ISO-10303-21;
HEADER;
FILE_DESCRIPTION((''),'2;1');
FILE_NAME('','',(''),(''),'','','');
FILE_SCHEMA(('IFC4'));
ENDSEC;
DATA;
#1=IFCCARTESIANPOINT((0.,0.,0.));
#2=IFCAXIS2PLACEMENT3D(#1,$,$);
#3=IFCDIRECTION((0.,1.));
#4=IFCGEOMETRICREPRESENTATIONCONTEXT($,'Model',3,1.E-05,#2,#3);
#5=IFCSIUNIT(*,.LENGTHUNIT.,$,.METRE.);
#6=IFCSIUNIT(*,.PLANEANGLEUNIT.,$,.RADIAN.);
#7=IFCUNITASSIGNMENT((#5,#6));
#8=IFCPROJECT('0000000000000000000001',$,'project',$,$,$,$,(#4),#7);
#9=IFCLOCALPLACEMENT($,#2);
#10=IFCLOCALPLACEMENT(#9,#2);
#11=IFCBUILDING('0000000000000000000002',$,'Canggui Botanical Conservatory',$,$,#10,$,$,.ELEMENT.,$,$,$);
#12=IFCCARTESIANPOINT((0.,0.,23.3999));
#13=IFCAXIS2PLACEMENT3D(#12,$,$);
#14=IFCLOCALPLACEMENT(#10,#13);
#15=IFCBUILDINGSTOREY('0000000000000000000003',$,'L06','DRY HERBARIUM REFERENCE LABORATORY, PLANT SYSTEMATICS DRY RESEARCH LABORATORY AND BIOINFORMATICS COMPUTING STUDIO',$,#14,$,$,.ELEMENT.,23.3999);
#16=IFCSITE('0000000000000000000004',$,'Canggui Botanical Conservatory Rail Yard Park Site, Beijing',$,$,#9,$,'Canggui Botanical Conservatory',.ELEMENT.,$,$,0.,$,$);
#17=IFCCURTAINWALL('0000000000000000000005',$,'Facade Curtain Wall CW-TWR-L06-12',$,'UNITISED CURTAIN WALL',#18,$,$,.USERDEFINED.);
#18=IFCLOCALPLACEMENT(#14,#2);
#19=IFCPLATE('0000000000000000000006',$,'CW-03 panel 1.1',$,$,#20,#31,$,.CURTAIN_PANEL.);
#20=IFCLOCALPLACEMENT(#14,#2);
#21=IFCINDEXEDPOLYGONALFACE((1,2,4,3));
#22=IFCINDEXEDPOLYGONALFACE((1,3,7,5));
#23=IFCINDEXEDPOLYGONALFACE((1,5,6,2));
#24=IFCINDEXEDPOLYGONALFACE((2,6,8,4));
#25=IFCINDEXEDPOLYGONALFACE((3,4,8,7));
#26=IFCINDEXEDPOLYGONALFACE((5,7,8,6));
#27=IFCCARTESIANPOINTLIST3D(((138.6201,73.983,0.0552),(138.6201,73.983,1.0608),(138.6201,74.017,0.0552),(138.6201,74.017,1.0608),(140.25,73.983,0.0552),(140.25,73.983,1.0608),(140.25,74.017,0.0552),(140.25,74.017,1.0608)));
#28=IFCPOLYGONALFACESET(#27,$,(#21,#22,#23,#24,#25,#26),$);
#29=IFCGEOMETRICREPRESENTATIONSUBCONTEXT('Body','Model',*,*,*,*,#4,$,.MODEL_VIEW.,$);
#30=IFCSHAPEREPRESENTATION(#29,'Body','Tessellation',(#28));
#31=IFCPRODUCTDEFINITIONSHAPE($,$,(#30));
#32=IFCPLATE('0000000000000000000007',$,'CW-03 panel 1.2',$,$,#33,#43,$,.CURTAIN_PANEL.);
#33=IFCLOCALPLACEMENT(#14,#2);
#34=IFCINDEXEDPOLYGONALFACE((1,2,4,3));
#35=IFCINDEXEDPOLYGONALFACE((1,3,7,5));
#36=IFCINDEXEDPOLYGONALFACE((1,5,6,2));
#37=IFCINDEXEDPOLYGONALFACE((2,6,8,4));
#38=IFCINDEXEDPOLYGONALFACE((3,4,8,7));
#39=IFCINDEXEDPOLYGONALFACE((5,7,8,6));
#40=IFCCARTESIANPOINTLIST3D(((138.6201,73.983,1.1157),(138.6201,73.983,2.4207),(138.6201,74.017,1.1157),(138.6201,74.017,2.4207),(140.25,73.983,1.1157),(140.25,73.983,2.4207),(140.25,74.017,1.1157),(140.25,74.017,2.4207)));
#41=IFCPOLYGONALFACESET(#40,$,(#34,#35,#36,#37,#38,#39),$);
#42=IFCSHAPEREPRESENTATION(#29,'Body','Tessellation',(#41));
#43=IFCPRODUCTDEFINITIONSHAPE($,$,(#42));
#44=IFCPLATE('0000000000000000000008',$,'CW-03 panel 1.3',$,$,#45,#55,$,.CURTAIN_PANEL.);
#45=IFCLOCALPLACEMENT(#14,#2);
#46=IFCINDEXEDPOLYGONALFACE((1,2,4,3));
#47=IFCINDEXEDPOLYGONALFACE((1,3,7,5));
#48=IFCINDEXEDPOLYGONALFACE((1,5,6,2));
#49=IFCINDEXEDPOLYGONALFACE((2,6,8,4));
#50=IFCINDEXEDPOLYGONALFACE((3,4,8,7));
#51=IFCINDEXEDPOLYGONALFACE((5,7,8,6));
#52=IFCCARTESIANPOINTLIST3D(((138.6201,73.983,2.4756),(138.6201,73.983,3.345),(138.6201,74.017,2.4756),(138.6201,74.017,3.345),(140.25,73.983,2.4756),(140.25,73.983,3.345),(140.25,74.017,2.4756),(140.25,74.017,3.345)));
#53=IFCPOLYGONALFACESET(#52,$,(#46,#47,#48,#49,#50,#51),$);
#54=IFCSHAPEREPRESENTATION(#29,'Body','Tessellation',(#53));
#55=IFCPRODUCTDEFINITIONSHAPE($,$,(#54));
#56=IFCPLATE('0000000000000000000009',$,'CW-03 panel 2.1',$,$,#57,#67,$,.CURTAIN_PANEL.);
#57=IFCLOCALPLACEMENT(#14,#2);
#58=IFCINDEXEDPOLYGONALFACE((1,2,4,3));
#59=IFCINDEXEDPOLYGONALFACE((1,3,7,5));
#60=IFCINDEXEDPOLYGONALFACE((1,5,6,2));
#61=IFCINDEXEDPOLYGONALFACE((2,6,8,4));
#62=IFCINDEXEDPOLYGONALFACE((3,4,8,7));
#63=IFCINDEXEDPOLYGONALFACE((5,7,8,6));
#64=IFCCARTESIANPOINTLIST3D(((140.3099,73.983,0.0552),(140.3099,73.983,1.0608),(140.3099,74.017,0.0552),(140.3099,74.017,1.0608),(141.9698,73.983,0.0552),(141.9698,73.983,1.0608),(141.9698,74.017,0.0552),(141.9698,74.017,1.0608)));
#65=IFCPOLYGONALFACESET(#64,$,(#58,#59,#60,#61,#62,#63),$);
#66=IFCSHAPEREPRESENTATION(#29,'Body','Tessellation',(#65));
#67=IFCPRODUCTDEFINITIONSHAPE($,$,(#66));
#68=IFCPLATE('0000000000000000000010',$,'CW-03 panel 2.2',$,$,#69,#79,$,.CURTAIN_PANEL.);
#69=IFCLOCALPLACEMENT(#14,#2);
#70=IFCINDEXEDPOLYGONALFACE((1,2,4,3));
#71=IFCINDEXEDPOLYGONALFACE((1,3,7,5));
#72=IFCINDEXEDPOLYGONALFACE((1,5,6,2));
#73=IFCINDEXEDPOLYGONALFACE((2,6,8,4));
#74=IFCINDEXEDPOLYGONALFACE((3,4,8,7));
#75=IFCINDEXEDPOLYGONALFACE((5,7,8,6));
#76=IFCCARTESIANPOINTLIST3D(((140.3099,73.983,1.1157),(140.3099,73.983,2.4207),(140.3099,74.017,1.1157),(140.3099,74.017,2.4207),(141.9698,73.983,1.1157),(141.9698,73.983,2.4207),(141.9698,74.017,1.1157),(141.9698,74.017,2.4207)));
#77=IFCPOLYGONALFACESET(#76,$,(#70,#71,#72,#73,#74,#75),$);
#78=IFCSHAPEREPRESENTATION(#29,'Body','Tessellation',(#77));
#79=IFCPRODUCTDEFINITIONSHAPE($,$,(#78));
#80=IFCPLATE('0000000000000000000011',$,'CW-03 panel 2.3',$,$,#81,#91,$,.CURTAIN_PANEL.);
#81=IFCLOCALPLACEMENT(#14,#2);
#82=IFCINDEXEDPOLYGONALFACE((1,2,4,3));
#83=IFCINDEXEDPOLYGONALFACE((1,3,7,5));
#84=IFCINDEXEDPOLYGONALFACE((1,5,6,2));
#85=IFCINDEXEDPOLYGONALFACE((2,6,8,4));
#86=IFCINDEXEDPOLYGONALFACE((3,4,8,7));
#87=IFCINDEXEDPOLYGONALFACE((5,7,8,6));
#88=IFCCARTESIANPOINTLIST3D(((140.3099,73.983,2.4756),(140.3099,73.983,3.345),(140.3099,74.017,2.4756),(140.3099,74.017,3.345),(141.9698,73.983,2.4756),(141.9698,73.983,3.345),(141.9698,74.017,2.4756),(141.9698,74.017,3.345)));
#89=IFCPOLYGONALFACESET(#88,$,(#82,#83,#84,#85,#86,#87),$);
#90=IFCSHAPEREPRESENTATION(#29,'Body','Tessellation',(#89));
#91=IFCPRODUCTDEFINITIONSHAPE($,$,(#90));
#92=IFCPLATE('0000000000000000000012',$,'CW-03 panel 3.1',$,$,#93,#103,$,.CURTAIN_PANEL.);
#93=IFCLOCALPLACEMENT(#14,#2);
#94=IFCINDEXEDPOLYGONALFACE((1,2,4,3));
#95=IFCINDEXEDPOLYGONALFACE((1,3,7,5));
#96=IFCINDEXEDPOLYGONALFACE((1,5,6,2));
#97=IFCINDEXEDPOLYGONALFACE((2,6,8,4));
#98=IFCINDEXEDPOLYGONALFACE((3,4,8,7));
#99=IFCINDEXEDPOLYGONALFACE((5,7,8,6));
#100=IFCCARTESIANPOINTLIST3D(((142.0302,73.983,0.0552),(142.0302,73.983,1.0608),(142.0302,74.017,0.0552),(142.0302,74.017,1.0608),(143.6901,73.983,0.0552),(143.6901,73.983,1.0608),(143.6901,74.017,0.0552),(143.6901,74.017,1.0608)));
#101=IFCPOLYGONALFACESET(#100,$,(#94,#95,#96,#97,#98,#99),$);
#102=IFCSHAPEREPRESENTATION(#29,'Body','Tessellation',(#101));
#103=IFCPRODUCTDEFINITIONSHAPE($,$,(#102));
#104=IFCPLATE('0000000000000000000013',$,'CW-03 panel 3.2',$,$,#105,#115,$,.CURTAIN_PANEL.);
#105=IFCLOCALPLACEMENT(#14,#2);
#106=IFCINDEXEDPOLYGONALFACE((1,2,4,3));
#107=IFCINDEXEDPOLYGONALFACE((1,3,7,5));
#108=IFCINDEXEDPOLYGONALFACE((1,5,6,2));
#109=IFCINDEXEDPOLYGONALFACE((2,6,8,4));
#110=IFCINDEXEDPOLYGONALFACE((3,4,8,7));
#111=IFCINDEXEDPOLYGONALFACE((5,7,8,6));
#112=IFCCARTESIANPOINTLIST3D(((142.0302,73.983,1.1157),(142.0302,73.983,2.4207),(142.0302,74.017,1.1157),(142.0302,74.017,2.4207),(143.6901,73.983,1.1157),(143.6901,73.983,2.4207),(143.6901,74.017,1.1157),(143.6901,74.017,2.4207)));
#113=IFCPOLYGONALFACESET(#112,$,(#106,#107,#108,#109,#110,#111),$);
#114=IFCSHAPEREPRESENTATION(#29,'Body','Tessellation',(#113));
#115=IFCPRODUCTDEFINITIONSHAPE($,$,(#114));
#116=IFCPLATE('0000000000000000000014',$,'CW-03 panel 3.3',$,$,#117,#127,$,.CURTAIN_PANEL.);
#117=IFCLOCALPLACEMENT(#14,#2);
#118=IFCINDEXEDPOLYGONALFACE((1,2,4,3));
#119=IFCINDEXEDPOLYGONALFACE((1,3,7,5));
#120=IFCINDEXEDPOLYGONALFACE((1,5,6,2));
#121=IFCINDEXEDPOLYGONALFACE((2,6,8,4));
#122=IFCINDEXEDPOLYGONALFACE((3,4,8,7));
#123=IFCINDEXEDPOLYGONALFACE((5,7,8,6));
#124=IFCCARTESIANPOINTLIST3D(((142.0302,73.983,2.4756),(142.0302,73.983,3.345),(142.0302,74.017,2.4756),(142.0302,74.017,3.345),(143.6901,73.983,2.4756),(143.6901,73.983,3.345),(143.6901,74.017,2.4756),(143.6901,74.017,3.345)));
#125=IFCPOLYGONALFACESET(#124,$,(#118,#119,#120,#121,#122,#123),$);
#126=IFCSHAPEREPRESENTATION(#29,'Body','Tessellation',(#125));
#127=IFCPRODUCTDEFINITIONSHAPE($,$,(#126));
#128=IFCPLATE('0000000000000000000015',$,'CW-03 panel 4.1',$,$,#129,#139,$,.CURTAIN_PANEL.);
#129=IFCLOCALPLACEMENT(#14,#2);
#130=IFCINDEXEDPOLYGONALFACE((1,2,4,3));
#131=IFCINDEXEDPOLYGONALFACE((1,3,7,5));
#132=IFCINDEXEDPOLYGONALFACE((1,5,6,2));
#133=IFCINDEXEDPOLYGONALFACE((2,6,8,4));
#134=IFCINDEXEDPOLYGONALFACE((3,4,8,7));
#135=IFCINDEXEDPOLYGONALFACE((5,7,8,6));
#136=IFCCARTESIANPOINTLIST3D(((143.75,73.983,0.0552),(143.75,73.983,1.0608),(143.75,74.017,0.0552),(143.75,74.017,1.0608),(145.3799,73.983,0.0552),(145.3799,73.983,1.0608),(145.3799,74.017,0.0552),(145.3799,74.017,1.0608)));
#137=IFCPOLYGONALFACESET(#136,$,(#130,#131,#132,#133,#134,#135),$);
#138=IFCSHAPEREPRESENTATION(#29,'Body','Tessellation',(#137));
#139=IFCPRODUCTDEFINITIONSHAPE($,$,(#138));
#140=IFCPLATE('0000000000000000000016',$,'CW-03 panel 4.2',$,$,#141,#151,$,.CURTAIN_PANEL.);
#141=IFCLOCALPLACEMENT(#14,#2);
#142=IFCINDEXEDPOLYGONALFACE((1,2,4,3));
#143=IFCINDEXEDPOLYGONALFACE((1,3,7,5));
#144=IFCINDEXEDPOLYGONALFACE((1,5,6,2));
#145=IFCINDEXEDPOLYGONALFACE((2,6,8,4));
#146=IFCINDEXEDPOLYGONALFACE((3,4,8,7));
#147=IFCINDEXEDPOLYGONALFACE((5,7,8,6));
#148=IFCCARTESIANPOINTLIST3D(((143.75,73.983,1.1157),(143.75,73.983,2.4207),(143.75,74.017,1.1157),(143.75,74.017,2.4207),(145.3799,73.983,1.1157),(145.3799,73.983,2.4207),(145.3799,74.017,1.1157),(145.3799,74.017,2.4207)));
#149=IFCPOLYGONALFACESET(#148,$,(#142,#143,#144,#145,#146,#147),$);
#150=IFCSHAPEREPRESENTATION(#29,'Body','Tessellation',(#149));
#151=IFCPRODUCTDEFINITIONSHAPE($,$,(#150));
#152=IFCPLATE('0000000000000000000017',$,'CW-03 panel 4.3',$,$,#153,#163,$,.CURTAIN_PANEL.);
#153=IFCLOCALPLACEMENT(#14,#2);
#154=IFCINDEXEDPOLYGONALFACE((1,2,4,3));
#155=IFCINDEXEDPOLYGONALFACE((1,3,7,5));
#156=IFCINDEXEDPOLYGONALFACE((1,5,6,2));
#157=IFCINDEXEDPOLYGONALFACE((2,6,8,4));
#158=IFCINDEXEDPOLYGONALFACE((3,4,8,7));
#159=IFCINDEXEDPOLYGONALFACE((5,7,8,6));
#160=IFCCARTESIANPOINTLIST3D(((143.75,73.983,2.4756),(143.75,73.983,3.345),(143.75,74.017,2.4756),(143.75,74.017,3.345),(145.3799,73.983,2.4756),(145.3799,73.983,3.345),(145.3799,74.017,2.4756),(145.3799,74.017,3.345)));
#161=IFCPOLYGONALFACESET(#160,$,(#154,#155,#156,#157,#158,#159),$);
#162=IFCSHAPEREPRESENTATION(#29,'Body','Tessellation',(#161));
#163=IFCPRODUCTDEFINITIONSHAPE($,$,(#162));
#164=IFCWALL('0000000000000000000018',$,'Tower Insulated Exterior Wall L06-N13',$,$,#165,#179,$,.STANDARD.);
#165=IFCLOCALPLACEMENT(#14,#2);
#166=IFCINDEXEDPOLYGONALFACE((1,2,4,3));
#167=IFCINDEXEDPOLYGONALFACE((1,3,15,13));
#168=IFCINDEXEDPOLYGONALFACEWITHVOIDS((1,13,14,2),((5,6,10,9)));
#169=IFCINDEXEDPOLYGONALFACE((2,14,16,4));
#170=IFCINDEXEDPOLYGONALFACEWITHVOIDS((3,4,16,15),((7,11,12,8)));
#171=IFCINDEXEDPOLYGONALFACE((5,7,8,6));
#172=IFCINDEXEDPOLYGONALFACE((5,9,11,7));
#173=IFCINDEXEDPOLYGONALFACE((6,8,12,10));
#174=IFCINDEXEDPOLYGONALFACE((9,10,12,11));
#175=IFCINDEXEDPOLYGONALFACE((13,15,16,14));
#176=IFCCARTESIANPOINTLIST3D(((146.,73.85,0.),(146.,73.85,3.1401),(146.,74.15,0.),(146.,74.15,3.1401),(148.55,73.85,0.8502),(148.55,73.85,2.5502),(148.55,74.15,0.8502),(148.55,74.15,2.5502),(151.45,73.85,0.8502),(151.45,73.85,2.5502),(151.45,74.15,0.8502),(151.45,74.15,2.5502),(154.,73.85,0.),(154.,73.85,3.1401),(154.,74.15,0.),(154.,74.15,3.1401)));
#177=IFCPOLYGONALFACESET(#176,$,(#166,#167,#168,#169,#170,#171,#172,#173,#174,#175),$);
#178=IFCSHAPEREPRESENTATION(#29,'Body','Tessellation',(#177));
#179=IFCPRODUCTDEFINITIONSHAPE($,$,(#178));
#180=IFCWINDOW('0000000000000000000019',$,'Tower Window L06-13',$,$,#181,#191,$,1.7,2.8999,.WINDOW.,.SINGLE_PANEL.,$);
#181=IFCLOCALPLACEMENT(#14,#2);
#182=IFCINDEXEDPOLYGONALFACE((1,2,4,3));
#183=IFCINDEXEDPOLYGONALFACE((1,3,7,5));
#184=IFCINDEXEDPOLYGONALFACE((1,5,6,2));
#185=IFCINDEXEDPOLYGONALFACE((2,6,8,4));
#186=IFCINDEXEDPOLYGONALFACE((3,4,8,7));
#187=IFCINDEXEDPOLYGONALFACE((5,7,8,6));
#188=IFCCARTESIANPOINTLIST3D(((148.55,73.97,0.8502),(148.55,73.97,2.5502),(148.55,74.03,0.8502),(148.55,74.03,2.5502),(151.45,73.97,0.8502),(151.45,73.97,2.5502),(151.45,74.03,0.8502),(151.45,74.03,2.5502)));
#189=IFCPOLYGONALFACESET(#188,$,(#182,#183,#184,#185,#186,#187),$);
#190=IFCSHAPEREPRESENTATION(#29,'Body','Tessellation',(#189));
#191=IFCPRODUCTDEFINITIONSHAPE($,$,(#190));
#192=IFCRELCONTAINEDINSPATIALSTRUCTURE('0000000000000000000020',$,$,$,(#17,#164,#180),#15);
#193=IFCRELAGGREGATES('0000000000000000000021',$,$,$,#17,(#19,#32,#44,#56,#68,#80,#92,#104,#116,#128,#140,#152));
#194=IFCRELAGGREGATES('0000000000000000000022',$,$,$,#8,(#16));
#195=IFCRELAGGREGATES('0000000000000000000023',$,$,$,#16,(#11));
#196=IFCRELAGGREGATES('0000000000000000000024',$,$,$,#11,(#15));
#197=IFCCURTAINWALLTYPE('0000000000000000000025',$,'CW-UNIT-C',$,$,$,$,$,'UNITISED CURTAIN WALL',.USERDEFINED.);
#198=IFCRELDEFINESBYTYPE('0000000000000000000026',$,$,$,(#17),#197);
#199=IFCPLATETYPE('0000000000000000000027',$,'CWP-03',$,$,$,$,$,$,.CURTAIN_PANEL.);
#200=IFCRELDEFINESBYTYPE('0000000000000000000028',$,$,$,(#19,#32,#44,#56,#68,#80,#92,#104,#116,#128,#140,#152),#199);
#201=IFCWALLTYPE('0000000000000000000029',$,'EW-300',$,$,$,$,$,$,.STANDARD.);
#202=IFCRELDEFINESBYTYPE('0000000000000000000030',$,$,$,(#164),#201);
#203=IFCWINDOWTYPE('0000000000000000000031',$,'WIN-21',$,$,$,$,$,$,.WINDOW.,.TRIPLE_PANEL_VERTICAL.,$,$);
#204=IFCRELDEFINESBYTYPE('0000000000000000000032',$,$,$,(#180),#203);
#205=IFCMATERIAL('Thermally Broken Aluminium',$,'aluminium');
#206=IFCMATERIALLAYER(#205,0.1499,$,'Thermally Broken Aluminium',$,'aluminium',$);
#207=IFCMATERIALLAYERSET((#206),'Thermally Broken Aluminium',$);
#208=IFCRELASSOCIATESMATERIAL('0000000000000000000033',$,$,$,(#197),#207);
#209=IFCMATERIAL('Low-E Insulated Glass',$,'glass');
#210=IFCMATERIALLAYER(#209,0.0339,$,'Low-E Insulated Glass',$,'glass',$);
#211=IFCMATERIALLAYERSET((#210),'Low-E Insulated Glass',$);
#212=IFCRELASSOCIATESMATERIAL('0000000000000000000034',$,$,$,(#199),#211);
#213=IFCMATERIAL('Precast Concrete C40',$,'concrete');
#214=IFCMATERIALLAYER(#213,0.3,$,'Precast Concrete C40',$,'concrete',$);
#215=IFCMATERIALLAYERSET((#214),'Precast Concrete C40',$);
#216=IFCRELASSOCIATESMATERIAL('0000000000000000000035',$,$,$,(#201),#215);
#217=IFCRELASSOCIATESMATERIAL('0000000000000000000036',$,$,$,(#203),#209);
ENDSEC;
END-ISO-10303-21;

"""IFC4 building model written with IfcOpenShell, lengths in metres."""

from ifc_helpers import new_model, si_unit, direction, frame, frame_2d, origin, origin_2d, place, context, subcontext, project, spatial, rectangle, extrude, material, layer, layer_set, type_object, element, fill, aggregate, save


model = new_model("IFC4")

# Units and contexts
model_context = context("Model", 3, precision=1e-05, world=origin(), true_north=direction((0.0, 1.0)))
body_context = subcontext(model_context, "Body", "Model", "MODEL_VIEW")
ifc_project = project(units=[si_unit("LENGTHUNIT", "METRE"), si_unit("PLANEANGLEUNIT", "RADIAN")], contexts=[model_context])

# Site, building, storey
site_placement = place(None, origin())
site = spatial("IfcSite", under=ifc_project, at=site_placement, Name="Canggui Botanical Conservatory Rail Yard Park Site, Beijing", LongName="Canggui Botanical Conservatory", CompositionType="ELEMENT", RefElevation=0.0)
building_placement = place(site_placement, origin())
building = spatial("IfcBuilding", under=site, at=building_placement, Name="Canggui Botanical Conservatory", CompositionType="ELEMENT")
storey_placement = place(building_placement, frame((0.0, 0.0, 23.3999)))
storey = spatial("IfcBuildingStorey", under=building, at=storey_placement, Name="L06", Description="DRY HERBARIUM REFERENCE LABORATORY, PLANT SYSTEMATICS DRY RESEARCH LABORATORY AND BIOINFORMATICS COMPUTING STUDIO", CompositionType="ELEMENT", Elevation=23.3999)

# Curtain wall, plates
ifc_material_1 = material(Name="Thermally Broken Aluminium", Category="aluminium")
ifc_layer_1 = layer(ifc_material_1, 0.1499, Name="Thermally Broken Aluminium", Category="aluminium")
ifc_layer_set_1 = layer_set([ifc_layer_1], Name="Thermally Broken Aluminium")
curtain_wall_type = type_object("IfcCurtainWallType", Name="CW-UNIT-C", ElementType="UNITISED CURTAIN WALL", PredefinedType="USERDEFINED", material=ifc_layer_set_1)
curtain_wall_placement = place(storey_placement, origin())
curtain_wall = element("IfcCurtainWall", 1, at=curtain_wall_placement, inside=storey, type_object=curtain_wall_type, Name="Facade Curtain Wall CW-TWR-L06-12", ObjectType="UNITISED CURTAIN WALL", PredefinedType="USERDEFINED")
ifc_material_2 = material(Name="Low-E Insulated Glass", Category="glass")
ifc_layer_2 = layer(ifc_material_2, 0.0339, Name="Low-E Insulated Glass", Category="glass")
ifc_layer_set_2 = layer_set([ifc_layer_2], Name="Low-E Insulated Glass")
plate_type = type_object("IfcPlateType", Name="CWP-03", PredefinedType="CURTAIN_PANEL", material=ifc_layer_set_2)
plate_1_placement = place(storey_placement, frame((139.4351, 74.0, 0.0552), z_axis=(0.0, 0.0, 1.0), x_axis=(1.0, 0.0, 0.0)))
plate_1 = element("IfcPlate", 2, at=plate_1_placement, type_object=plate_type, Name="CW-03 panel 1.1", PredefinedType="CURTAIN_PANEL", context=body_context, shape_type="SweptSolid", body=[
    extrude(rectangle(XDim=1.6299, YDim=0.0339, at=origin_2d()), origin(), (0.0, 0.0, 1.0), 1.0056),
])
plate_2_placement = place(storey_placement, frame((139.4351, 74.0, 1.1157), z_axis=(0.0, 0.0, 1.0), x_axis=(1.0, 0.0, 0.0)))
plate_2 = element("IfcPlate", 3, at=plate_2_placement, type_object=plate_type, Name="CW-03 panel 1.2", PredefinedType="CURTAIN_PANEL", context=body_context, shape_type="SweptSolid", body=[
    extrude(rectangle(XDim=1.6299, YDim=0.0339, at=origin_2d()), origin(), (0.0, 0.0, 1.0), 1.3049),
])
plate_3_placement = place(storey_placement, frame((139.4351, 74.0, 2.4756), z_axis=(0.0, 0.0, 1.0), x_axis=(1.0, 0.0, 0.0)))
plate_3 = element("IfcPlate", 4, at=plate_3_placement, type_object=plate_type, Name="CW-03 panel 1.3", PredefinedType="CURTAIN_PANEL", context=body_context, shape_type="SweptSolid", body=[
    extrude(rectangle(XDim=1.6299, YDim=0.0339, at=origin_2d()), origin(), (0.0, 0.0, 1.0), 0.8694),
])
plate_4_placement = place(storey_placement, frame((141.1399, 74.0, 0.0552), z_axis=(0.0, 0.0, 1.0), x_axis=(1.0, 0.0, 0.0)))
plate_4 = element("IfcPlate", 5, at=plate_4_placement, type_object=plate_type, Name="CW-03 panel 2.1", PredefinedType="CURTAIN_PANEL", context=body_context, shape_type="SweptSolid", body=[
    extrude(rectangle(XDim=1.6599, YDim=0.0339, at=origin_2d()), origin(), (0.0, 0.0, 1.0), 1.0056),
])
plate_5_placement = place(storey_placement, frame((141.1399, 74.0, 1.1157), z_axis=(0.0, 0.0, 1.0), x_axis=(1.0, 0.0, 0.0)))
plate_5 = element("IfcPlate", 6, at=plate_5_placement, type_object=plate_type, Name="CW-03 panel 2.2", PredefinedType="CURTAIN_PANEL", context=body_context, shape_type="SweptSolid", body=[
    extrude(rectangle(XDim=1.6599, YDim=0.0339, at=origin_2d()), origin(), (0.0, 0.0, 1.0), 1.3049),
])
plate_6_placement = place(storey_placement, frame((141.1399, 74.0, 2.4756), z_axis=(0.0, 0.0, 1.0), x_axis=(1.0, 0.0, 0.0)))
plate_6 = element("IfcPlate", 7, at=plate_6_placement, type_object=plate_type, Name="CW-03 panel 2.3", PredefinedType="CURTAIN_PANEL", context=body_context, shape_type="SweptSolid", body=[
    extrude(rectangle(XDim=1.6599, YDim=0.0339, at=origin_2d()), origin(), (0.0, 0.0, 1.0), 0.8694),
])
plate_7_placement = place(storey_placement, frame((142.8601, 74.0, 0.0552), z_axis=(0.0, 0.0, 1.0), x_axis=(1.0, 0.0, 0.0)))
plate_7 = element("IfcPlate", 8, at=plate_7_placement, type_object=plate_type, Name="CW-03 panel 3.1", PredefinedType="CURTAIN_PANEL", context=body_context, shape_type="SweptSolid", body=[
    extrude(rectangle(XDim=1.6599, YDim=0.0339, at=origin_2d()), origin(), (0.0, 0.0, 1.0), 1.0056),
])
plate_8_placement = place(storey_placement, frame((142.8601, 74.0, 1.1157), z_axis=(0.0, 0.0, 1.0), x_axis=(1.0, 0.0, 0.0)))
plate_8 = element("IfcPlate", 9, at=plate_8_placement, type_object=plate_type, Name="CW-03 panel 3.2", PredefinedType="CURTAIN_PANEL", context=body_context, shape_type="SweptSolid", body=[
    extrude(rectangle(XDim=1.6599, YDim=0.0339, at=origin_2d()), origin(), (0.0, 0.0, 1.0), 1.3049),
])
plate_9_placement = place(storey_placement, frame((142.8601, 74.0, 2.4756), z_axis=(0.0, 0.0, 1.0), x_axis=(1.0, 0.0, 0.0)))
plate_9 = element("IfcPlate", 10, at=plate_9_placement, type_object=plate_type, Name="CW-03 panel 3.3", PredefinedType="CURTAIN_PANEL", context=body_context, shape_type="SweptSolid", body=[
    extrude(rectangle(XDim=1.6599, YDim=0.0339, at=origin_2d()), origin(), (0.0, 0.0, 1.0), 0.8694),
])
plate_10_placement = place(storey_placement, frame((144.5649, 74.0, 0.0552), z_axis=(0.0, 0.0, 1.0), x_axis=(1.0, 0.0, 0.0)))
plate_10 = element("IfcPlate", 11, at=plate_10_placement, type_object=plate_type, Name="CW-03 panel 4.1", PredefinedType="CURTAIN_PANEL", context=body_context, shape_type="SweptSolid", body=[
    extrude(rectangle(XDim=1.6299, YDim=0.0339, at=origin_2d()), origin(), (0.0, 0.0, 1.0), 1.0056),
])
plate_11_placement = place(storey_placement, frame((144.5649, 74.0, 1.1157), z_axis=(0.0, 0.0, 1.0), x_axis=(1.0, 0.0, 0.0)))
plate_11 = element("IfcPlate", 12, at=plate_11_placement, type_object=plate_type, Name="CW-03 panel 4.2", PredefinedType="CURTAIN_PANEL", context=body_context, shape_type="SweptSolid", body=[
    extrude(rectangle(XDim=1.6299, YDim=0.0339, at=origin_2d()), origin(), (0.0, 0.0, 1.0), 1.3049),
])
plate_12_placement = place(storey_placement, frame((144.5649, 74.0, 2.4756), z_axis=(0.0, 0.0, 1.0), x_axis=(1.0, 0.0, 0.0)))
plate_12 = element("IfcPlate", 13, at=plate_12_placement, type_object=plate_type, Name="CW-03 panel 4.3", PredefinedType="CURTAIN_PANEL", context=body_context, shape_type="SweptSolid", body=[
    extrude(rectangle(XDim=1.6299, YDim=0.0339, at=origin_2d()), origin(), (0.0, 0.0, 1.0), 0.8694),
])
aggregate(curtain_wall, [plate_1, plate_2, plate_3, plate_4, plate_5, plate_6, plate_7, plate_8, plate_9, plate_10, plate_11, plate_12])

# Wall, opening, window
ifc_material_3 = material(Name="Precast Concrete C40", Category="concrete")
ifc_layer_3 = layer(ifc_material_3, 0.3, Name="Precast Concrete C40", Category="concrete")
ifc_layer_set_3 = layer_set([ifc_layer_3], Name="Precast Concrete C40")
wall_type = type_object("IfcWallType", Name="EW-300", PredefinedType="STANDARD", material=ifc_layer_set_3)
wall_placement = place(storey_placement, frame((146.0, 74.0, 0.0), z_axis=(0.0, 0.0, 1.0), x_axis=(1.0, 0.0, 0.0)))
wall = element("IfcWall", 14, at=wall_placement, inside=storey, type_object=wall_type, Name="Tower Insulated Exterior Wall L06-N13", PredefinedType="STANDARD", context=body_context, shape_type="SweptSolid", body=[
    extrude(rectangle(XDim=8.0, YDim=0.3, at=frame_2d((4.0, 0.0))), origin(), (0.0, 0.0, 1.0), 3.1401),
])
opening_placement = place(wall_placement, frame((2.55, 0.0, 0.8501)))
opening = element("IfcOpeningElement", 15, at=opening_placement, cuts=wall, PredefinedType="OPENING", context=body_context, shape_type="SweptSolid", body=[
    extrude(rectangle(XDim=2.8999, YDim=1.7, at=frame_2d((1.45, 0.8501))), frame((0.0, 0.1602, 0.0), z_axis=(0.0, -1.0, 0.0), x_axis=(1.0, 0.0, 0.0)), (0.0, 0.0, 1.0), 0.3201),
])
window_type = type_object("IfcWindowType", Name="WIN-21", PartitioningType="TRIPLE_PANEL_VERTICAL", PredefinedType="WINDOW", material=ifc_material_2)
window_placement = place(opening_placement, origin())
window = element("IfcWindow", 16, at=window_placement, inside=storey, type_object=window_type, Name="Tower Window L06-13", OverallHeight=1.7, OverallWidth=2.8999, PartitioningType="SINGLE_PANEL", PredefinedType="WINDOW", context=body_context, shape_type="SweptSolid", body=[
    extrude(rectangle(XDim=2.8999, YDim=1.7, at=frame_2d((1.45, 0.8501))), frame((0.0, 0.03, 0.0), z_axis=(0.0, -1.0, 0.0), x_axis=(1.0, 0.0, 0.0)), (0.0, 0.0, 1.0), 0.0601),
])
fill(opening, window)

save(model, "model.ifc")
